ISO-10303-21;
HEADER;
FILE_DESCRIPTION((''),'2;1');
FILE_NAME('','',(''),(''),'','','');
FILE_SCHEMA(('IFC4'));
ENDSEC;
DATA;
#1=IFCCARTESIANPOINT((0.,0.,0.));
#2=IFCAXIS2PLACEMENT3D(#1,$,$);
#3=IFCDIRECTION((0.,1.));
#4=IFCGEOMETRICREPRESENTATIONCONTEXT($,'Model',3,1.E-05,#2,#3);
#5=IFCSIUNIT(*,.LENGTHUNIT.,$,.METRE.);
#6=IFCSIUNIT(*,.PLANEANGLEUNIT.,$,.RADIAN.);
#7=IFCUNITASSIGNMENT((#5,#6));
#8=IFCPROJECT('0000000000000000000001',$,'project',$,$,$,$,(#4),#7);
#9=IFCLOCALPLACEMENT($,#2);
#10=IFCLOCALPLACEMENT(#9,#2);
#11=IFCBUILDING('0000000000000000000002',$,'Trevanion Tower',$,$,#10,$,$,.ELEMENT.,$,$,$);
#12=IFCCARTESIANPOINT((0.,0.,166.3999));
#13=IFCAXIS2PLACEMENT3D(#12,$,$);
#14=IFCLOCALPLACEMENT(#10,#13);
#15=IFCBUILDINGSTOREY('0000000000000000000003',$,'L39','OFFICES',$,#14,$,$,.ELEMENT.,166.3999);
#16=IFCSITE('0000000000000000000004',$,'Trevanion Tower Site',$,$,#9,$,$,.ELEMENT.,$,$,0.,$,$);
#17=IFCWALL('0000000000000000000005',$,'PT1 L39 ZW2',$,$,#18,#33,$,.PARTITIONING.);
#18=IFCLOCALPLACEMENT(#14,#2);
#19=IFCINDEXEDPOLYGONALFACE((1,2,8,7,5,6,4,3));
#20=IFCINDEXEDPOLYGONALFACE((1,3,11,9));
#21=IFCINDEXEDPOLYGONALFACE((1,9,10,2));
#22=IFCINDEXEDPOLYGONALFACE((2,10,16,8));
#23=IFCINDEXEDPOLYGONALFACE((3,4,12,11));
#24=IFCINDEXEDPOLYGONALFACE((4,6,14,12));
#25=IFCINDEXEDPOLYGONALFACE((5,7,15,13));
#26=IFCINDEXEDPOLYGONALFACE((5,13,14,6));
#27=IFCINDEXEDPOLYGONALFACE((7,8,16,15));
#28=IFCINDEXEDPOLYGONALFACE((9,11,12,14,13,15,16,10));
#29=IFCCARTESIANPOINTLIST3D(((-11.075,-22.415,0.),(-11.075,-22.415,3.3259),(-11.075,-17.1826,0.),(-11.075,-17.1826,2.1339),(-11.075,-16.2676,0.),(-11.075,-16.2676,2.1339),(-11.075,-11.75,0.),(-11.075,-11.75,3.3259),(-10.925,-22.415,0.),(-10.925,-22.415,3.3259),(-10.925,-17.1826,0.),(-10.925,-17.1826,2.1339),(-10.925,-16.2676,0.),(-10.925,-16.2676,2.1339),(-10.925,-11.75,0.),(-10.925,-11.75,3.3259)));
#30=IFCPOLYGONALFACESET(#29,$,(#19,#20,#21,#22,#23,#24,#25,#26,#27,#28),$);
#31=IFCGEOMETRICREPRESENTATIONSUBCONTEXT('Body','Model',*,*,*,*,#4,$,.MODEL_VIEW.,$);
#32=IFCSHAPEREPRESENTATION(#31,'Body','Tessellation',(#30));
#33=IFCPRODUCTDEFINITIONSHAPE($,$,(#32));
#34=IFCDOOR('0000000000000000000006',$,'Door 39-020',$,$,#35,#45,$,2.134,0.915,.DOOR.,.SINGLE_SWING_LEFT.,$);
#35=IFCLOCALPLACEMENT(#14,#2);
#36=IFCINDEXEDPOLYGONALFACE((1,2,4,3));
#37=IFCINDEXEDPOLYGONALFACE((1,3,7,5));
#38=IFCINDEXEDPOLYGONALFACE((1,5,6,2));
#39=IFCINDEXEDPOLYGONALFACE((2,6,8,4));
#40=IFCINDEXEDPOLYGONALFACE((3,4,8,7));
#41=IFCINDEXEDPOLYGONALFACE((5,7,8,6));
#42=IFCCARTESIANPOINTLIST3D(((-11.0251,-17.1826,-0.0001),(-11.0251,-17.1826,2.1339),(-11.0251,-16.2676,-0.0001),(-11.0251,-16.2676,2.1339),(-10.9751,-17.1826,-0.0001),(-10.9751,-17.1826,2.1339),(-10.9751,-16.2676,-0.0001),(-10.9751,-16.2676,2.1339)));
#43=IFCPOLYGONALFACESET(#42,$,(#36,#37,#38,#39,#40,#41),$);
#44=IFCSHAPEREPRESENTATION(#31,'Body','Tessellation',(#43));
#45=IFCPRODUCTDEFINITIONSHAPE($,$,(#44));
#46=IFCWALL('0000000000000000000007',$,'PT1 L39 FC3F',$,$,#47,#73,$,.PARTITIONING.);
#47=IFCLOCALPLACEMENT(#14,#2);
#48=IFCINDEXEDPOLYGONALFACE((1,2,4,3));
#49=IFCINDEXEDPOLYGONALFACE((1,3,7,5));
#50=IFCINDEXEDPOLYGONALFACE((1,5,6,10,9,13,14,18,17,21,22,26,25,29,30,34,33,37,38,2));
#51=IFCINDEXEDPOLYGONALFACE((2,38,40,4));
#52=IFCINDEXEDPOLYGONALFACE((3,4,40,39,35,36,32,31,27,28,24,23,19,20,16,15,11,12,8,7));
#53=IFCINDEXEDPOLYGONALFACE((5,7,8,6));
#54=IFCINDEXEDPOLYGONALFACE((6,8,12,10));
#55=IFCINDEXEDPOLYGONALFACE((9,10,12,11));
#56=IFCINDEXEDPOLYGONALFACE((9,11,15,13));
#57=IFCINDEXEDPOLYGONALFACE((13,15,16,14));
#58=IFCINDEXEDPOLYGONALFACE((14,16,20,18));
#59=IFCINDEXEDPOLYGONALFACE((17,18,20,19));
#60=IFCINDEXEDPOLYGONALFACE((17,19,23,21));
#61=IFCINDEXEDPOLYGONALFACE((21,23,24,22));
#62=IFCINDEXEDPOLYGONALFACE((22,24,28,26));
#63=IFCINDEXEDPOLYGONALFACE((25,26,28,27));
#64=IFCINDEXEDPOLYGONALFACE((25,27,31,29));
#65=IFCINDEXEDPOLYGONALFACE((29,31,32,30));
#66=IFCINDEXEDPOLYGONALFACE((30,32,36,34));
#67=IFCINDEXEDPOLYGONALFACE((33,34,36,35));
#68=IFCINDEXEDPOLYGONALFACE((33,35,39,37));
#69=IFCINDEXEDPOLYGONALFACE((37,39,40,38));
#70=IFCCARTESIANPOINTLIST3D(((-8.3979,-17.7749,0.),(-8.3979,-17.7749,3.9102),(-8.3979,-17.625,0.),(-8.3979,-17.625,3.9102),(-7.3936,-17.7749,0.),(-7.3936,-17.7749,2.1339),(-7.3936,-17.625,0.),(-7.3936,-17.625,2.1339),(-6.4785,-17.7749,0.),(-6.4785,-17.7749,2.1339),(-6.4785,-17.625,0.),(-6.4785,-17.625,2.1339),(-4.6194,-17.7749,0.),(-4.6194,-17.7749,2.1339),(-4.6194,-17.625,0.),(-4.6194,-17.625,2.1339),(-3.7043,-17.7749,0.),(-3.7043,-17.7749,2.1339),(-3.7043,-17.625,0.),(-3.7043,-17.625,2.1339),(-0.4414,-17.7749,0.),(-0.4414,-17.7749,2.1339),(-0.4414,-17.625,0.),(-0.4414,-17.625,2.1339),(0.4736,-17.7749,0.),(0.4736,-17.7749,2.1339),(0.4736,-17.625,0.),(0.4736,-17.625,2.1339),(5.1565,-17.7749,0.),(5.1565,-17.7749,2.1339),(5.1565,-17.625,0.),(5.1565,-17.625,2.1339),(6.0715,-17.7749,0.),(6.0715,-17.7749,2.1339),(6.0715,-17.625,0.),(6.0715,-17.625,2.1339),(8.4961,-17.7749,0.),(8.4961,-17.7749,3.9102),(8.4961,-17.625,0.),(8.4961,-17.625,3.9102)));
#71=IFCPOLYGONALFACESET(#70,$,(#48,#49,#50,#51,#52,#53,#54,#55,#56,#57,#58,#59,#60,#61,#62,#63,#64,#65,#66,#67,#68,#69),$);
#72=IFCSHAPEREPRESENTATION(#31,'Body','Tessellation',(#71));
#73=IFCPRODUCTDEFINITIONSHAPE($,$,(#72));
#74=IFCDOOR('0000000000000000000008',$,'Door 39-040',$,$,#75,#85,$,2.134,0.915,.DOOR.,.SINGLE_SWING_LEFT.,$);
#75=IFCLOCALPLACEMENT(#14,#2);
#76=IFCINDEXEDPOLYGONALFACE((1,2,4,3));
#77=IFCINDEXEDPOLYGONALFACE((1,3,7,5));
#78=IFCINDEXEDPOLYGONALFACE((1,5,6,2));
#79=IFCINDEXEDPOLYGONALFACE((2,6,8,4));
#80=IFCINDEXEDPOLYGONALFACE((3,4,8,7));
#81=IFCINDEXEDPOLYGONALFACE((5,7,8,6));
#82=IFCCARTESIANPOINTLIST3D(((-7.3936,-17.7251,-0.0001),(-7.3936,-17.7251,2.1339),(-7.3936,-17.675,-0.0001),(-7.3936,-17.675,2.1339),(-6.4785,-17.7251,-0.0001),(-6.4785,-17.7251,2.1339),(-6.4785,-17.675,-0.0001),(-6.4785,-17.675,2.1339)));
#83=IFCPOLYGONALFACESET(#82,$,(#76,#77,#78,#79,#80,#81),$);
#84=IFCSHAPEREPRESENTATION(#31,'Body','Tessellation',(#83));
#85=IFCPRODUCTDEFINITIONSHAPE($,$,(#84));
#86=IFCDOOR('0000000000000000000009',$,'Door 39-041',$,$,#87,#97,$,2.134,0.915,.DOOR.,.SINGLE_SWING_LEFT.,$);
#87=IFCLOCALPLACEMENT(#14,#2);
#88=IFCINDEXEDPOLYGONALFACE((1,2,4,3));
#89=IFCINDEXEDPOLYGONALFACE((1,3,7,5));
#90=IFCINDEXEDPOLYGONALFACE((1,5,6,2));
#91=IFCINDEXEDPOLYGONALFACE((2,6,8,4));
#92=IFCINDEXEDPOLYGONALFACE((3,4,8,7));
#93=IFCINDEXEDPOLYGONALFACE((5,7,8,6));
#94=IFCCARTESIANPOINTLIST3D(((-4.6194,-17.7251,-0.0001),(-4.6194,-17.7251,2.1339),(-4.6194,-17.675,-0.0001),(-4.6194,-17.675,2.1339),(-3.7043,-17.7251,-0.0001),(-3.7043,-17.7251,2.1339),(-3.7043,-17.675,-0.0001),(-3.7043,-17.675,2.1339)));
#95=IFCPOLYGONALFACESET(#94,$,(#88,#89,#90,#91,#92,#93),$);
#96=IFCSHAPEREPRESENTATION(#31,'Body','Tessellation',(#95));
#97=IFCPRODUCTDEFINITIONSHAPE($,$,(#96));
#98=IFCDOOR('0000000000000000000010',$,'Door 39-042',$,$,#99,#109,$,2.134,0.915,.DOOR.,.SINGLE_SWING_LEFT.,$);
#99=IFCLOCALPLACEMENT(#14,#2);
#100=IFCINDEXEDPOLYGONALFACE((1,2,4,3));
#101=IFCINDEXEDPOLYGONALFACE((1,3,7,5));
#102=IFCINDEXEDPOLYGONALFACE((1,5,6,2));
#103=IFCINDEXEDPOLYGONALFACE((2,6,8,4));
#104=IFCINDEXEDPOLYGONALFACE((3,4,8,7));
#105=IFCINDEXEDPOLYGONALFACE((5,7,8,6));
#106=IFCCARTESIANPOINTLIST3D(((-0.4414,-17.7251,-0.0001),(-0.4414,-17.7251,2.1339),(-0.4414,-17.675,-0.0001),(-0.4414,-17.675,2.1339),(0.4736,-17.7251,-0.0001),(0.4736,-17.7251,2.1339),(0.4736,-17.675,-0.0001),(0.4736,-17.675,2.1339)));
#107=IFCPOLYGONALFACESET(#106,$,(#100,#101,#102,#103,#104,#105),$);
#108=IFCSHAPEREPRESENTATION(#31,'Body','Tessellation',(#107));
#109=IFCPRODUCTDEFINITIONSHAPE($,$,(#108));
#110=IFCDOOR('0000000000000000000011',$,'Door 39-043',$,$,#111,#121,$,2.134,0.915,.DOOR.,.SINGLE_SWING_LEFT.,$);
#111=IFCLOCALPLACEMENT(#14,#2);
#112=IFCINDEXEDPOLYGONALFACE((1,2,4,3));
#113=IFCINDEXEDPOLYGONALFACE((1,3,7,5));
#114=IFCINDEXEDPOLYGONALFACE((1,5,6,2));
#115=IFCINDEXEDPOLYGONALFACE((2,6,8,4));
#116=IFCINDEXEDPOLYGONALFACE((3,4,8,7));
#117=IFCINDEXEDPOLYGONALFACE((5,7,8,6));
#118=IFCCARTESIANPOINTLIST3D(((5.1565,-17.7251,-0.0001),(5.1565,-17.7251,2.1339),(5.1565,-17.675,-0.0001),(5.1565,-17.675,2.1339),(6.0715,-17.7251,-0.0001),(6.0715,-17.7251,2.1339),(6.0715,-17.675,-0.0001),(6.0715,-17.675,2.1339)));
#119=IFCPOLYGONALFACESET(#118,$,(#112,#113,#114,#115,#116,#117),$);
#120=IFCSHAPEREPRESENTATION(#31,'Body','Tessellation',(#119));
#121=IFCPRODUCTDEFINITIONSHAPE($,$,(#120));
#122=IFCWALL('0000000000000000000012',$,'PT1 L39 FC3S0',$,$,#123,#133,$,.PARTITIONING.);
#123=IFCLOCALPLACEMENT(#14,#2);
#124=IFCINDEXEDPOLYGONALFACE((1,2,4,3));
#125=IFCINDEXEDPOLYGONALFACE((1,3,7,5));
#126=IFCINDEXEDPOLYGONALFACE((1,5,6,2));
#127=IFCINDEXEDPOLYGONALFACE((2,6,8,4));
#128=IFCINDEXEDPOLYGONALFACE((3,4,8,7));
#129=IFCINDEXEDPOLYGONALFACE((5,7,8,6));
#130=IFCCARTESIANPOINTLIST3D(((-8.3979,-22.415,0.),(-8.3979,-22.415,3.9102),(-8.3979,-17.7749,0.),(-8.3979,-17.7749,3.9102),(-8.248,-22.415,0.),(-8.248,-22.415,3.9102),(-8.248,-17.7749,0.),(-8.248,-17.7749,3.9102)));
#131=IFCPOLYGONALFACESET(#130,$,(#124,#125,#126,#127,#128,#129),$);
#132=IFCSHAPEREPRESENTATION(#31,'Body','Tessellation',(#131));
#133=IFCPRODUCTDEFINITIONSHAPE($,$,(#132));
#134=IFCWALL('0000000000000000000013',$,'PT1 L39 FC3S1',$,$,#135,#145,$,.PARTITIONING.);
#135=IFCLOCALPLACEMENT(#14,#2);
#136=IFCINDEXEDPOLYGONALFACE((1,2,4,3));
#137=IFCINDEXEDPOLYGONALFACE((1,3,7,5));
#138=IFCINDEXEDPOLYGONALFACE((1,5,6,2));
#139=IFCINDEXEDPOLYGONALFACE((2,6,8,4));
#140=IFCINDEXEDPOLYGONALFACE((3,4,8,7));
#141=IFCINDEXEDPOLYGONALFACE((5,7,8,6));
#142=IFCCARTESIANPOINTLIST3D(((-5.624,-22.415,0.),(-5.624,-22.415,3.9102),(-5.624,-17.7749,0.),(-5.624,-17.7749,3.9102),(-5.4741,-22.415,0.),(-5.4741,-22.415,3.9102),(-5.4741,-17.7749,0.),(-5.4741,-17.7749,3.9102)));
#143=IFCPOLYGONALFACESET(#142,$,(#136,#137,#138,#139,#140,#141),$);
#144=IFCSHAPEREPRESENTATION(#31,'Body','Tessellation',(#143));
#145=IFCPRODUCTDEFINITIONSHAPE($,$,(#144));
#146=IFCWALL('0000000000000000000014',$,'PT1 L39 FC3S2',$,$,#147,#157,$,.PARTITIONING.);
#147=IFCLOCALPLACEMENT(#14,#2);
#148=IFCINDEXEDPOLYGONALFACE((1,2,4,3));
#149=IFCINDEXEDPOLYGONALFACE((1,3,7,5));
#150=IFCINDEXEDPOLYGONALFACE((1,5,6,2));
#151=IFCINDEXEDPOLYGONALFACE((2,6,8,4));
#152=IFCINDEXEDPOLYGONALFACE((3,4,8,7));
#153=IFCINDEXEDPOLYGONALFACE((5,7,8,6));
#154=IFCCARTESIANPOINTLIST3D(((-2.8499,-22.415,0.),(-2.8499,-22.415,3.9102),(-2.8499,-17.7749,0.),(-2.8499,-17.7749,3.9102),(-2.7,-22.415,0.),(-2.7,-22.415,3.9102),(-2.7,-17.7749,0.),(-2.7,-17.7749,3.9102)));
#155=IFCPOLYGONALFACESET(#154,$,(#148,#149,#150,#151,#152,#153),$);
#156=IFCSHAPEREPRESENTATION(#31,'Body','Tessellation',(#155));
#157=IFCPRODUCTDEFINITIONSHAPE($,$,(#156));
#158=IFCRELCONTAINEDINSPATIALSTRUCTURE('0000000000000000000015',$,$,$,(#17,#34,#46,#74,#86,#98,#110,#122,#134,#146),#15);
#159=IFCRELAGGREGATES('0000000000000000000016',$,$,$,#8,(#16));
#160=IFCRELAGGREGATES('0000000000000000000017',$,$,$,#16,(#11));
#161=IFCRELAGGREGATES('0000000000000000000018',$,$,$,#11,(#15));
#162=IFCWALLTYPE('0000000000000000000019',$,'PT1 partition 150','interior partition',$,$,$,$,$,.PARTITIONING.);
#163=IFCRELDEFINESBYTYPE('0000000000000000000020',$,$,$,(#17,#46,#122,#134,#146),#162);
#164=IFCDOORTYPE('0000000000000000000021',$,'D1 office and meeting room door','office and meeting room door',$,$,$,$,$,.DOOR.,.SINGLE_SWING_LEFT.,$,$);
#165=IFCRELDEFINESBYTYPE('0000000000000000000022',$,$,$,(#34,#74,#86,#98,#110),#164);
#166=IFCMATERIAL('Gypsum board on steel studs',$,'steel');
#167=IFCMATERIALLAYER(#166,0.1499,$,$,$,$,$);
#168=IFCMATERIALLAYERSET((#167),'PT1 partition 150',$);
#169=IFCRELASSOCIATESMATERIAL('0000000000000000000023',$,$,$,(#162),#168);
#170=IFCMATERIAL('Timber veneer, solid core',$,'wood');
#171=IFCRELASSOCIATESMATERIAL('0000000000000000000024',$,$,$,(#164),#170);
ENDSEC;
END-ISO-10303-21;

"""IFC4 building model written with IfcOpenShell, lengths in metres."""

from ifc_helpers import new_model, si_unit, direction, frame, frame_2d, origin, place, context, subcontext, project, spatial, rectangle, extrude, material, layer, layer_set, type_object, element, fill, save


model = new_model("IFC4")

# Units and contexts
model_context = context("Model", 3, precision=1e-05, world=origin(), true_north=direction((0.0, 1.0)))
body_context = subcontext(model_context, "Body", "Model", "MODEL_VIEW")
ifc_project = project(units=[si_unit("LENGTHUNIT", "METRE"), si_unit("PLANEANGLEUNIT", "RADIAN")], contexts=[model_context])

# Site, building, storey
site_placement = place(None, origin())
site = spatial("IfcSite", under=ifc_project, at=site_placement, Name="Trevanion Tower Site", CompositionType="ELEMENT", RefElevation=0.0)
building_placement = place(site_placement, origin())
building = spatial("IfcBuilding", under=site, at=building_placement, Name="Trevanion Tower", CompositionType="ELEMENT")
storey_placement = place(building_placement, frame((0.0, 0.0, 166.3999)))
storey = spatial("IfcBuildingStorey", under=building, at=storey_placement, Name="L39", Description="OFFICES", CompositionType="ELEMENT", Elevation=166.3999)

# Wall, opening, door
ifc_material_1 = material(Name="Gypsum board on steel studs", Category="steel")
ifc_layer_1 = layer(ifc_material_1, 0.1499)
ifc_layer_set_1 = layer_set([ifc_layer_1], Name="PT1 partition 150")
wall_type = type_object("IfcWallType", Name="PT1 partition 150", Description="interior partition", PredefinedType="PARTITIONING", material=ifc_layer_set_1)
wall_1_placement = place(storey_placement, frame((-11.0, -11.75, 0.0), z_axis=(0.0, 0.0, 1.0), x_axis=(0.0, -1.0, 0.0)))
wall_1 = element("IfcWall", 1, at=wall_1_placement, inside=storey, type_object=wall_type, Name="PT1 L39 ZW2", PredefinedType="PARTITIONING", context=body_context, shape_type="SweptSolid", body=[
    extrude(rectangle(XDim=10.665, YDim=0.1499, at=frame_2d((5.3325, 0.0))), origin(), (0.0, 0.0, 1.0), 3.3259),
])
opening_1_placement = place(wall_1_placement, frame((4.5176, 0.0, 0.0)))
opening_1 = element("IfcOpeningElement", 2, at=opening_1_placement, cuts=wall_1, PredefinedType="OPENING", context=body_context, shape_type="SweptSolid", body=[
    extrude(rectangle(XDim=0.915, YDim=2.134, at=frame_2d((0.4575, 1.0669))), frame((0.0, 0.085, 0.0), z_axis=(0.0, -1.0, 0.0), x_axis=(1.0, 0.0, 0.0)), (0.0, 0.0, 1.0), 0.1699),
])
ifc_material_2 = material(Name="Timber veneer, solid core", Category="wood")
door_type = type_object("IfcDoorType", Name="D1 office and meeting room door", Description="office and meeting room door", OperationType="SINGLE_SWING_LEFT", PredefinedType="DOOR", material=ifc_material_2)
door_1_placement = place(opening_1_placement, origin())
door_1 = element("IfcDoor", 3, at=door_1_placement, inside=storey, type_object=door_type, Name="Door 39-020", OperationType="SINGLE_SWING_LEFT", OverallHeight=2.134, OverallWidth=0.915, PredefinedType="DOOR", context=body_context, shape_type="SweptSolid", body=[
    extrude(rectangle(XDim=0.915, YDim=2.134, at=frame_2d((0.4575, 1.0669))), frame((0.0, 0.0249, 0.0), z_axis=(0.0, -1.0, 0.0), x_axis=(1.0, 0.0, 0.0)), (0.0, 0.0, 1.0), 0.05),
])
fill(opening_1, door_1)

# Wall, openings, doors
wall_2_placement = place(storey_placement, frame((-8.3979, -17.7, 0.0), z_axis=(0.0, 0.0, 1.0), x_axis=(1.0, 0.0, 0.0)))
wall_2 = element("IfcWall", 4, at=wall_2_placement, inside=storey, type_object=wall_type, Name="PT1 L39 FC3F", PredefinedType="PARTITIONING", context=body_context, shape_type="SweptSolid", body=[
    extrude(rectangle(XDim=16.894, YDim=0.1499, at=frame_2d((8.447, 0.0))), origin(), (0.0, 0.0, 1.0), 3.9102),
])
opening_2_placement = place(wall_2_placement, frame((1.0044, 0.0, 0.0)))
opening_2 = element("IfcOpeningElement", 5, at=opening_2_placement, cuts=wall_2, PredefinedType="OPENING", context=body_context, shape_type="SweptSolid", body=[
    extrude(rectangle(XDim=0.915, YDim=2.134, at=frame_2d((0.4575, 1.0669))), frame((0.0, 0.085, 0.0), z_axis=(0.0, -1.0, 0.0), x_axis=(1.0, 0.0, 0.0)), (0.0, 0.0, 1.0), 0.1699),
])
opening_3_placement = place(wall_2_placement, frame((3.7786, 0.0, 0.0)))
opening_3 = element("IfcOpeningElement", 6, at=opening_3_placement, cuts=wall_2, PredefinedType="OPENING", context=body_context, shape_type="SweptSolid", body=[
    extrude(rectangle(XDim=0.915, YDim=2.134, at=frame_2d((0.4575, 1.0669))), frame((0.0, 0.085, 0.0), z_axis=(0.0, -1.0, 0.0), x_axis=(1.0, 0.0, 0.0)), (0.0, 0.0, 1.0), 0.1699),
])
opening_4_placement = place(wall_2_placement, frame((7.9565, 0.0, 0.0)))
opening_4 = element("IfcOpeningElement", 7, at=opening_4_placement, cuts=wall_2, PredefinedType="OPENING", context=body_context, shape_type="SweptSolid", body=[
    extrude(rectangle(XDim=0.915, YDim=2.134, at=frame_2d((0.4575, 1.0669))), frame((0.0, 0.085, 0.0), z_axis=(0.0, -1.0, 0.0), x_axis=(1.0, 0.0, 0.0)), (0.0, 0.0, 1.0), 0.1699),
])
opening_5_placement = place(wall_2_placement, frame((13.5544, 0.0, 0.0)))
opening_5 = element("IfcOpeningElement", 8, at=opening_5_placement, cuts=wall_2, PredefinedType="OPENING", context=body_context, shape_type="SweptSolid", body=[
    extrude(rectangle(XDim=0.915, YDim=2.134, at=frame_2d((0.4575, 1.0669))), frame((0.0, 0.085, 0.0), z_axis=(0.0, -1.0, 0.0), x_axis=(1.0, 0.0, 0.0)), (0.0, 0.0, 1.0), 0.1699),
])
door_2_placement = place(opening_2_placement, origin())
door_2 = element("IfcDoor", 9, at=door_2_placement, inside=storey, type_object=door_type, Name="Door 39-040", OperationType="SINGLE_SWING_LEFT", OverallHeight=2.134, OverallWidth=0.915, PredefinedType="DOOR", context=body_context, shape_type="SweptSolid", body=[
    extrude(rectangle(XDim=0.915, YDim=2.134, at=frame_2d((0.4575, 1.0669))), frame((0.0, 0.0249, 0.0), z_axis=(0.0, -1.0, 0.0), x_axis=(1.0, 0.0, 0.0)), (0.0, 0.0, 1.0), 0.05),
])
fill(opening_2, door_2)
door_3_placement = place(opening_3_placement, origin())
door_3 = element("IfcDoor", 10, at=door_3_placement, inside=storey, type_object=door_type, Name="Door 39-041", OperationType="SINGLE_SWING_LEFT", OverallHeight=2.134, OverallWidth=0.915, PredefinedType="DOOR", context=body_context, shape_type="SweptSolid", body=[
    extrude(rectangle(XDim=0.915, YDim=2.134, at=frame_2d((0.4575, 1.0669))), frame((0.0, 0.0249, 0.0), z_axis=(0.0, -1.0, 0.0), x_axis=(1.0, 0.0, 0.0)), (0.0, 0.0, 1.0), 0.05),
])
fill(opening_3, door_3)
door_4_placement = place(opening_4_placement, origin())
door_4 = element("IfcDoor", 11, at=door_4_placement, inside=storey, type_object=door_type, Name="Door 39-042", OperationType="SINGLE_SWING_LEFT", OverallHeight=2.134, OverallWidth=0.915, PredefinedType="DOOR", context=body_context, shape_type="SweptSolid", body=[
    extrude(rectangle(XDim=0.915, YDim=2.134, at=frame_2d((0.4575, 1.0669))), frame((0.0, 0.0249, 0.0), z_axis=(0.0, -1.0, 0.0), x_axis=(1.0, 0.0, 0.0)), (0.0, 0.0, 1.0), 0.05),
])
fill(opening_4, door_4)
door_5_placement = place(opening_5_placement, origin())
door_5 = element("IfcDoor", 12, at=door_5_placement, inside=storey, type_object=door_type, Name="Door 39-043", OperationType="SINGLE_SWING_LEFT", OverallHeight=2.134, OverallWidth=0.915, PredefinedType="DOOR", context=body_context, shape_type="SweptSolid", body=[
    extrude(rectangle(XDim=0.915, YDim=2.134, at=frame_2d((0.4575, 1.0669))), frame((0.0, 0.0249, 0.0), z_axis=(0.0, -1.0, 0.0), x_axis=(1.0, 0.0, 0.0)), (0.0, 0.0, 1.0), 0.05),
])
fill(opening_5, door_5)

# Walls
for number, where, z_axis, x_axis, name in (
    (13, (-8.323, -17.7749, 0.0), (0.0, 0.0, 1.0), (0.0, -1.0, 0.0), "PT1 L39 FC3S0"),
    (14, (-5.5491, -17.7749, 0.0), (0.0, 0.0, 1.0), (0.0, -1.0, 0.0), "PT1 L39 FC3S1"),
    (15, (-2.7749, -17.7749, 0.0), (0.0, 0.0, 1.0), (0.0, -1.0, 0.0), "PT1 L39 FC3S2"),
):
    element("IfcWall", number, at=place(storey_placement, frame(where, z_axis=z_axis, x_axis=x_axis)), inside=storey, type_object=wall_type, Name=name, PredefinedType="PARTITIONING", context=body_context, shape_type="SweptSolid", body=[
        extrude(rectangle(XDim=4.6401, YDim=0.1499, at=frame_2d((2.3201, 0.0))), origin(), (0.0, 0.0, 1.0), 3.9102),
    ])

save(model, "model.ifc")
